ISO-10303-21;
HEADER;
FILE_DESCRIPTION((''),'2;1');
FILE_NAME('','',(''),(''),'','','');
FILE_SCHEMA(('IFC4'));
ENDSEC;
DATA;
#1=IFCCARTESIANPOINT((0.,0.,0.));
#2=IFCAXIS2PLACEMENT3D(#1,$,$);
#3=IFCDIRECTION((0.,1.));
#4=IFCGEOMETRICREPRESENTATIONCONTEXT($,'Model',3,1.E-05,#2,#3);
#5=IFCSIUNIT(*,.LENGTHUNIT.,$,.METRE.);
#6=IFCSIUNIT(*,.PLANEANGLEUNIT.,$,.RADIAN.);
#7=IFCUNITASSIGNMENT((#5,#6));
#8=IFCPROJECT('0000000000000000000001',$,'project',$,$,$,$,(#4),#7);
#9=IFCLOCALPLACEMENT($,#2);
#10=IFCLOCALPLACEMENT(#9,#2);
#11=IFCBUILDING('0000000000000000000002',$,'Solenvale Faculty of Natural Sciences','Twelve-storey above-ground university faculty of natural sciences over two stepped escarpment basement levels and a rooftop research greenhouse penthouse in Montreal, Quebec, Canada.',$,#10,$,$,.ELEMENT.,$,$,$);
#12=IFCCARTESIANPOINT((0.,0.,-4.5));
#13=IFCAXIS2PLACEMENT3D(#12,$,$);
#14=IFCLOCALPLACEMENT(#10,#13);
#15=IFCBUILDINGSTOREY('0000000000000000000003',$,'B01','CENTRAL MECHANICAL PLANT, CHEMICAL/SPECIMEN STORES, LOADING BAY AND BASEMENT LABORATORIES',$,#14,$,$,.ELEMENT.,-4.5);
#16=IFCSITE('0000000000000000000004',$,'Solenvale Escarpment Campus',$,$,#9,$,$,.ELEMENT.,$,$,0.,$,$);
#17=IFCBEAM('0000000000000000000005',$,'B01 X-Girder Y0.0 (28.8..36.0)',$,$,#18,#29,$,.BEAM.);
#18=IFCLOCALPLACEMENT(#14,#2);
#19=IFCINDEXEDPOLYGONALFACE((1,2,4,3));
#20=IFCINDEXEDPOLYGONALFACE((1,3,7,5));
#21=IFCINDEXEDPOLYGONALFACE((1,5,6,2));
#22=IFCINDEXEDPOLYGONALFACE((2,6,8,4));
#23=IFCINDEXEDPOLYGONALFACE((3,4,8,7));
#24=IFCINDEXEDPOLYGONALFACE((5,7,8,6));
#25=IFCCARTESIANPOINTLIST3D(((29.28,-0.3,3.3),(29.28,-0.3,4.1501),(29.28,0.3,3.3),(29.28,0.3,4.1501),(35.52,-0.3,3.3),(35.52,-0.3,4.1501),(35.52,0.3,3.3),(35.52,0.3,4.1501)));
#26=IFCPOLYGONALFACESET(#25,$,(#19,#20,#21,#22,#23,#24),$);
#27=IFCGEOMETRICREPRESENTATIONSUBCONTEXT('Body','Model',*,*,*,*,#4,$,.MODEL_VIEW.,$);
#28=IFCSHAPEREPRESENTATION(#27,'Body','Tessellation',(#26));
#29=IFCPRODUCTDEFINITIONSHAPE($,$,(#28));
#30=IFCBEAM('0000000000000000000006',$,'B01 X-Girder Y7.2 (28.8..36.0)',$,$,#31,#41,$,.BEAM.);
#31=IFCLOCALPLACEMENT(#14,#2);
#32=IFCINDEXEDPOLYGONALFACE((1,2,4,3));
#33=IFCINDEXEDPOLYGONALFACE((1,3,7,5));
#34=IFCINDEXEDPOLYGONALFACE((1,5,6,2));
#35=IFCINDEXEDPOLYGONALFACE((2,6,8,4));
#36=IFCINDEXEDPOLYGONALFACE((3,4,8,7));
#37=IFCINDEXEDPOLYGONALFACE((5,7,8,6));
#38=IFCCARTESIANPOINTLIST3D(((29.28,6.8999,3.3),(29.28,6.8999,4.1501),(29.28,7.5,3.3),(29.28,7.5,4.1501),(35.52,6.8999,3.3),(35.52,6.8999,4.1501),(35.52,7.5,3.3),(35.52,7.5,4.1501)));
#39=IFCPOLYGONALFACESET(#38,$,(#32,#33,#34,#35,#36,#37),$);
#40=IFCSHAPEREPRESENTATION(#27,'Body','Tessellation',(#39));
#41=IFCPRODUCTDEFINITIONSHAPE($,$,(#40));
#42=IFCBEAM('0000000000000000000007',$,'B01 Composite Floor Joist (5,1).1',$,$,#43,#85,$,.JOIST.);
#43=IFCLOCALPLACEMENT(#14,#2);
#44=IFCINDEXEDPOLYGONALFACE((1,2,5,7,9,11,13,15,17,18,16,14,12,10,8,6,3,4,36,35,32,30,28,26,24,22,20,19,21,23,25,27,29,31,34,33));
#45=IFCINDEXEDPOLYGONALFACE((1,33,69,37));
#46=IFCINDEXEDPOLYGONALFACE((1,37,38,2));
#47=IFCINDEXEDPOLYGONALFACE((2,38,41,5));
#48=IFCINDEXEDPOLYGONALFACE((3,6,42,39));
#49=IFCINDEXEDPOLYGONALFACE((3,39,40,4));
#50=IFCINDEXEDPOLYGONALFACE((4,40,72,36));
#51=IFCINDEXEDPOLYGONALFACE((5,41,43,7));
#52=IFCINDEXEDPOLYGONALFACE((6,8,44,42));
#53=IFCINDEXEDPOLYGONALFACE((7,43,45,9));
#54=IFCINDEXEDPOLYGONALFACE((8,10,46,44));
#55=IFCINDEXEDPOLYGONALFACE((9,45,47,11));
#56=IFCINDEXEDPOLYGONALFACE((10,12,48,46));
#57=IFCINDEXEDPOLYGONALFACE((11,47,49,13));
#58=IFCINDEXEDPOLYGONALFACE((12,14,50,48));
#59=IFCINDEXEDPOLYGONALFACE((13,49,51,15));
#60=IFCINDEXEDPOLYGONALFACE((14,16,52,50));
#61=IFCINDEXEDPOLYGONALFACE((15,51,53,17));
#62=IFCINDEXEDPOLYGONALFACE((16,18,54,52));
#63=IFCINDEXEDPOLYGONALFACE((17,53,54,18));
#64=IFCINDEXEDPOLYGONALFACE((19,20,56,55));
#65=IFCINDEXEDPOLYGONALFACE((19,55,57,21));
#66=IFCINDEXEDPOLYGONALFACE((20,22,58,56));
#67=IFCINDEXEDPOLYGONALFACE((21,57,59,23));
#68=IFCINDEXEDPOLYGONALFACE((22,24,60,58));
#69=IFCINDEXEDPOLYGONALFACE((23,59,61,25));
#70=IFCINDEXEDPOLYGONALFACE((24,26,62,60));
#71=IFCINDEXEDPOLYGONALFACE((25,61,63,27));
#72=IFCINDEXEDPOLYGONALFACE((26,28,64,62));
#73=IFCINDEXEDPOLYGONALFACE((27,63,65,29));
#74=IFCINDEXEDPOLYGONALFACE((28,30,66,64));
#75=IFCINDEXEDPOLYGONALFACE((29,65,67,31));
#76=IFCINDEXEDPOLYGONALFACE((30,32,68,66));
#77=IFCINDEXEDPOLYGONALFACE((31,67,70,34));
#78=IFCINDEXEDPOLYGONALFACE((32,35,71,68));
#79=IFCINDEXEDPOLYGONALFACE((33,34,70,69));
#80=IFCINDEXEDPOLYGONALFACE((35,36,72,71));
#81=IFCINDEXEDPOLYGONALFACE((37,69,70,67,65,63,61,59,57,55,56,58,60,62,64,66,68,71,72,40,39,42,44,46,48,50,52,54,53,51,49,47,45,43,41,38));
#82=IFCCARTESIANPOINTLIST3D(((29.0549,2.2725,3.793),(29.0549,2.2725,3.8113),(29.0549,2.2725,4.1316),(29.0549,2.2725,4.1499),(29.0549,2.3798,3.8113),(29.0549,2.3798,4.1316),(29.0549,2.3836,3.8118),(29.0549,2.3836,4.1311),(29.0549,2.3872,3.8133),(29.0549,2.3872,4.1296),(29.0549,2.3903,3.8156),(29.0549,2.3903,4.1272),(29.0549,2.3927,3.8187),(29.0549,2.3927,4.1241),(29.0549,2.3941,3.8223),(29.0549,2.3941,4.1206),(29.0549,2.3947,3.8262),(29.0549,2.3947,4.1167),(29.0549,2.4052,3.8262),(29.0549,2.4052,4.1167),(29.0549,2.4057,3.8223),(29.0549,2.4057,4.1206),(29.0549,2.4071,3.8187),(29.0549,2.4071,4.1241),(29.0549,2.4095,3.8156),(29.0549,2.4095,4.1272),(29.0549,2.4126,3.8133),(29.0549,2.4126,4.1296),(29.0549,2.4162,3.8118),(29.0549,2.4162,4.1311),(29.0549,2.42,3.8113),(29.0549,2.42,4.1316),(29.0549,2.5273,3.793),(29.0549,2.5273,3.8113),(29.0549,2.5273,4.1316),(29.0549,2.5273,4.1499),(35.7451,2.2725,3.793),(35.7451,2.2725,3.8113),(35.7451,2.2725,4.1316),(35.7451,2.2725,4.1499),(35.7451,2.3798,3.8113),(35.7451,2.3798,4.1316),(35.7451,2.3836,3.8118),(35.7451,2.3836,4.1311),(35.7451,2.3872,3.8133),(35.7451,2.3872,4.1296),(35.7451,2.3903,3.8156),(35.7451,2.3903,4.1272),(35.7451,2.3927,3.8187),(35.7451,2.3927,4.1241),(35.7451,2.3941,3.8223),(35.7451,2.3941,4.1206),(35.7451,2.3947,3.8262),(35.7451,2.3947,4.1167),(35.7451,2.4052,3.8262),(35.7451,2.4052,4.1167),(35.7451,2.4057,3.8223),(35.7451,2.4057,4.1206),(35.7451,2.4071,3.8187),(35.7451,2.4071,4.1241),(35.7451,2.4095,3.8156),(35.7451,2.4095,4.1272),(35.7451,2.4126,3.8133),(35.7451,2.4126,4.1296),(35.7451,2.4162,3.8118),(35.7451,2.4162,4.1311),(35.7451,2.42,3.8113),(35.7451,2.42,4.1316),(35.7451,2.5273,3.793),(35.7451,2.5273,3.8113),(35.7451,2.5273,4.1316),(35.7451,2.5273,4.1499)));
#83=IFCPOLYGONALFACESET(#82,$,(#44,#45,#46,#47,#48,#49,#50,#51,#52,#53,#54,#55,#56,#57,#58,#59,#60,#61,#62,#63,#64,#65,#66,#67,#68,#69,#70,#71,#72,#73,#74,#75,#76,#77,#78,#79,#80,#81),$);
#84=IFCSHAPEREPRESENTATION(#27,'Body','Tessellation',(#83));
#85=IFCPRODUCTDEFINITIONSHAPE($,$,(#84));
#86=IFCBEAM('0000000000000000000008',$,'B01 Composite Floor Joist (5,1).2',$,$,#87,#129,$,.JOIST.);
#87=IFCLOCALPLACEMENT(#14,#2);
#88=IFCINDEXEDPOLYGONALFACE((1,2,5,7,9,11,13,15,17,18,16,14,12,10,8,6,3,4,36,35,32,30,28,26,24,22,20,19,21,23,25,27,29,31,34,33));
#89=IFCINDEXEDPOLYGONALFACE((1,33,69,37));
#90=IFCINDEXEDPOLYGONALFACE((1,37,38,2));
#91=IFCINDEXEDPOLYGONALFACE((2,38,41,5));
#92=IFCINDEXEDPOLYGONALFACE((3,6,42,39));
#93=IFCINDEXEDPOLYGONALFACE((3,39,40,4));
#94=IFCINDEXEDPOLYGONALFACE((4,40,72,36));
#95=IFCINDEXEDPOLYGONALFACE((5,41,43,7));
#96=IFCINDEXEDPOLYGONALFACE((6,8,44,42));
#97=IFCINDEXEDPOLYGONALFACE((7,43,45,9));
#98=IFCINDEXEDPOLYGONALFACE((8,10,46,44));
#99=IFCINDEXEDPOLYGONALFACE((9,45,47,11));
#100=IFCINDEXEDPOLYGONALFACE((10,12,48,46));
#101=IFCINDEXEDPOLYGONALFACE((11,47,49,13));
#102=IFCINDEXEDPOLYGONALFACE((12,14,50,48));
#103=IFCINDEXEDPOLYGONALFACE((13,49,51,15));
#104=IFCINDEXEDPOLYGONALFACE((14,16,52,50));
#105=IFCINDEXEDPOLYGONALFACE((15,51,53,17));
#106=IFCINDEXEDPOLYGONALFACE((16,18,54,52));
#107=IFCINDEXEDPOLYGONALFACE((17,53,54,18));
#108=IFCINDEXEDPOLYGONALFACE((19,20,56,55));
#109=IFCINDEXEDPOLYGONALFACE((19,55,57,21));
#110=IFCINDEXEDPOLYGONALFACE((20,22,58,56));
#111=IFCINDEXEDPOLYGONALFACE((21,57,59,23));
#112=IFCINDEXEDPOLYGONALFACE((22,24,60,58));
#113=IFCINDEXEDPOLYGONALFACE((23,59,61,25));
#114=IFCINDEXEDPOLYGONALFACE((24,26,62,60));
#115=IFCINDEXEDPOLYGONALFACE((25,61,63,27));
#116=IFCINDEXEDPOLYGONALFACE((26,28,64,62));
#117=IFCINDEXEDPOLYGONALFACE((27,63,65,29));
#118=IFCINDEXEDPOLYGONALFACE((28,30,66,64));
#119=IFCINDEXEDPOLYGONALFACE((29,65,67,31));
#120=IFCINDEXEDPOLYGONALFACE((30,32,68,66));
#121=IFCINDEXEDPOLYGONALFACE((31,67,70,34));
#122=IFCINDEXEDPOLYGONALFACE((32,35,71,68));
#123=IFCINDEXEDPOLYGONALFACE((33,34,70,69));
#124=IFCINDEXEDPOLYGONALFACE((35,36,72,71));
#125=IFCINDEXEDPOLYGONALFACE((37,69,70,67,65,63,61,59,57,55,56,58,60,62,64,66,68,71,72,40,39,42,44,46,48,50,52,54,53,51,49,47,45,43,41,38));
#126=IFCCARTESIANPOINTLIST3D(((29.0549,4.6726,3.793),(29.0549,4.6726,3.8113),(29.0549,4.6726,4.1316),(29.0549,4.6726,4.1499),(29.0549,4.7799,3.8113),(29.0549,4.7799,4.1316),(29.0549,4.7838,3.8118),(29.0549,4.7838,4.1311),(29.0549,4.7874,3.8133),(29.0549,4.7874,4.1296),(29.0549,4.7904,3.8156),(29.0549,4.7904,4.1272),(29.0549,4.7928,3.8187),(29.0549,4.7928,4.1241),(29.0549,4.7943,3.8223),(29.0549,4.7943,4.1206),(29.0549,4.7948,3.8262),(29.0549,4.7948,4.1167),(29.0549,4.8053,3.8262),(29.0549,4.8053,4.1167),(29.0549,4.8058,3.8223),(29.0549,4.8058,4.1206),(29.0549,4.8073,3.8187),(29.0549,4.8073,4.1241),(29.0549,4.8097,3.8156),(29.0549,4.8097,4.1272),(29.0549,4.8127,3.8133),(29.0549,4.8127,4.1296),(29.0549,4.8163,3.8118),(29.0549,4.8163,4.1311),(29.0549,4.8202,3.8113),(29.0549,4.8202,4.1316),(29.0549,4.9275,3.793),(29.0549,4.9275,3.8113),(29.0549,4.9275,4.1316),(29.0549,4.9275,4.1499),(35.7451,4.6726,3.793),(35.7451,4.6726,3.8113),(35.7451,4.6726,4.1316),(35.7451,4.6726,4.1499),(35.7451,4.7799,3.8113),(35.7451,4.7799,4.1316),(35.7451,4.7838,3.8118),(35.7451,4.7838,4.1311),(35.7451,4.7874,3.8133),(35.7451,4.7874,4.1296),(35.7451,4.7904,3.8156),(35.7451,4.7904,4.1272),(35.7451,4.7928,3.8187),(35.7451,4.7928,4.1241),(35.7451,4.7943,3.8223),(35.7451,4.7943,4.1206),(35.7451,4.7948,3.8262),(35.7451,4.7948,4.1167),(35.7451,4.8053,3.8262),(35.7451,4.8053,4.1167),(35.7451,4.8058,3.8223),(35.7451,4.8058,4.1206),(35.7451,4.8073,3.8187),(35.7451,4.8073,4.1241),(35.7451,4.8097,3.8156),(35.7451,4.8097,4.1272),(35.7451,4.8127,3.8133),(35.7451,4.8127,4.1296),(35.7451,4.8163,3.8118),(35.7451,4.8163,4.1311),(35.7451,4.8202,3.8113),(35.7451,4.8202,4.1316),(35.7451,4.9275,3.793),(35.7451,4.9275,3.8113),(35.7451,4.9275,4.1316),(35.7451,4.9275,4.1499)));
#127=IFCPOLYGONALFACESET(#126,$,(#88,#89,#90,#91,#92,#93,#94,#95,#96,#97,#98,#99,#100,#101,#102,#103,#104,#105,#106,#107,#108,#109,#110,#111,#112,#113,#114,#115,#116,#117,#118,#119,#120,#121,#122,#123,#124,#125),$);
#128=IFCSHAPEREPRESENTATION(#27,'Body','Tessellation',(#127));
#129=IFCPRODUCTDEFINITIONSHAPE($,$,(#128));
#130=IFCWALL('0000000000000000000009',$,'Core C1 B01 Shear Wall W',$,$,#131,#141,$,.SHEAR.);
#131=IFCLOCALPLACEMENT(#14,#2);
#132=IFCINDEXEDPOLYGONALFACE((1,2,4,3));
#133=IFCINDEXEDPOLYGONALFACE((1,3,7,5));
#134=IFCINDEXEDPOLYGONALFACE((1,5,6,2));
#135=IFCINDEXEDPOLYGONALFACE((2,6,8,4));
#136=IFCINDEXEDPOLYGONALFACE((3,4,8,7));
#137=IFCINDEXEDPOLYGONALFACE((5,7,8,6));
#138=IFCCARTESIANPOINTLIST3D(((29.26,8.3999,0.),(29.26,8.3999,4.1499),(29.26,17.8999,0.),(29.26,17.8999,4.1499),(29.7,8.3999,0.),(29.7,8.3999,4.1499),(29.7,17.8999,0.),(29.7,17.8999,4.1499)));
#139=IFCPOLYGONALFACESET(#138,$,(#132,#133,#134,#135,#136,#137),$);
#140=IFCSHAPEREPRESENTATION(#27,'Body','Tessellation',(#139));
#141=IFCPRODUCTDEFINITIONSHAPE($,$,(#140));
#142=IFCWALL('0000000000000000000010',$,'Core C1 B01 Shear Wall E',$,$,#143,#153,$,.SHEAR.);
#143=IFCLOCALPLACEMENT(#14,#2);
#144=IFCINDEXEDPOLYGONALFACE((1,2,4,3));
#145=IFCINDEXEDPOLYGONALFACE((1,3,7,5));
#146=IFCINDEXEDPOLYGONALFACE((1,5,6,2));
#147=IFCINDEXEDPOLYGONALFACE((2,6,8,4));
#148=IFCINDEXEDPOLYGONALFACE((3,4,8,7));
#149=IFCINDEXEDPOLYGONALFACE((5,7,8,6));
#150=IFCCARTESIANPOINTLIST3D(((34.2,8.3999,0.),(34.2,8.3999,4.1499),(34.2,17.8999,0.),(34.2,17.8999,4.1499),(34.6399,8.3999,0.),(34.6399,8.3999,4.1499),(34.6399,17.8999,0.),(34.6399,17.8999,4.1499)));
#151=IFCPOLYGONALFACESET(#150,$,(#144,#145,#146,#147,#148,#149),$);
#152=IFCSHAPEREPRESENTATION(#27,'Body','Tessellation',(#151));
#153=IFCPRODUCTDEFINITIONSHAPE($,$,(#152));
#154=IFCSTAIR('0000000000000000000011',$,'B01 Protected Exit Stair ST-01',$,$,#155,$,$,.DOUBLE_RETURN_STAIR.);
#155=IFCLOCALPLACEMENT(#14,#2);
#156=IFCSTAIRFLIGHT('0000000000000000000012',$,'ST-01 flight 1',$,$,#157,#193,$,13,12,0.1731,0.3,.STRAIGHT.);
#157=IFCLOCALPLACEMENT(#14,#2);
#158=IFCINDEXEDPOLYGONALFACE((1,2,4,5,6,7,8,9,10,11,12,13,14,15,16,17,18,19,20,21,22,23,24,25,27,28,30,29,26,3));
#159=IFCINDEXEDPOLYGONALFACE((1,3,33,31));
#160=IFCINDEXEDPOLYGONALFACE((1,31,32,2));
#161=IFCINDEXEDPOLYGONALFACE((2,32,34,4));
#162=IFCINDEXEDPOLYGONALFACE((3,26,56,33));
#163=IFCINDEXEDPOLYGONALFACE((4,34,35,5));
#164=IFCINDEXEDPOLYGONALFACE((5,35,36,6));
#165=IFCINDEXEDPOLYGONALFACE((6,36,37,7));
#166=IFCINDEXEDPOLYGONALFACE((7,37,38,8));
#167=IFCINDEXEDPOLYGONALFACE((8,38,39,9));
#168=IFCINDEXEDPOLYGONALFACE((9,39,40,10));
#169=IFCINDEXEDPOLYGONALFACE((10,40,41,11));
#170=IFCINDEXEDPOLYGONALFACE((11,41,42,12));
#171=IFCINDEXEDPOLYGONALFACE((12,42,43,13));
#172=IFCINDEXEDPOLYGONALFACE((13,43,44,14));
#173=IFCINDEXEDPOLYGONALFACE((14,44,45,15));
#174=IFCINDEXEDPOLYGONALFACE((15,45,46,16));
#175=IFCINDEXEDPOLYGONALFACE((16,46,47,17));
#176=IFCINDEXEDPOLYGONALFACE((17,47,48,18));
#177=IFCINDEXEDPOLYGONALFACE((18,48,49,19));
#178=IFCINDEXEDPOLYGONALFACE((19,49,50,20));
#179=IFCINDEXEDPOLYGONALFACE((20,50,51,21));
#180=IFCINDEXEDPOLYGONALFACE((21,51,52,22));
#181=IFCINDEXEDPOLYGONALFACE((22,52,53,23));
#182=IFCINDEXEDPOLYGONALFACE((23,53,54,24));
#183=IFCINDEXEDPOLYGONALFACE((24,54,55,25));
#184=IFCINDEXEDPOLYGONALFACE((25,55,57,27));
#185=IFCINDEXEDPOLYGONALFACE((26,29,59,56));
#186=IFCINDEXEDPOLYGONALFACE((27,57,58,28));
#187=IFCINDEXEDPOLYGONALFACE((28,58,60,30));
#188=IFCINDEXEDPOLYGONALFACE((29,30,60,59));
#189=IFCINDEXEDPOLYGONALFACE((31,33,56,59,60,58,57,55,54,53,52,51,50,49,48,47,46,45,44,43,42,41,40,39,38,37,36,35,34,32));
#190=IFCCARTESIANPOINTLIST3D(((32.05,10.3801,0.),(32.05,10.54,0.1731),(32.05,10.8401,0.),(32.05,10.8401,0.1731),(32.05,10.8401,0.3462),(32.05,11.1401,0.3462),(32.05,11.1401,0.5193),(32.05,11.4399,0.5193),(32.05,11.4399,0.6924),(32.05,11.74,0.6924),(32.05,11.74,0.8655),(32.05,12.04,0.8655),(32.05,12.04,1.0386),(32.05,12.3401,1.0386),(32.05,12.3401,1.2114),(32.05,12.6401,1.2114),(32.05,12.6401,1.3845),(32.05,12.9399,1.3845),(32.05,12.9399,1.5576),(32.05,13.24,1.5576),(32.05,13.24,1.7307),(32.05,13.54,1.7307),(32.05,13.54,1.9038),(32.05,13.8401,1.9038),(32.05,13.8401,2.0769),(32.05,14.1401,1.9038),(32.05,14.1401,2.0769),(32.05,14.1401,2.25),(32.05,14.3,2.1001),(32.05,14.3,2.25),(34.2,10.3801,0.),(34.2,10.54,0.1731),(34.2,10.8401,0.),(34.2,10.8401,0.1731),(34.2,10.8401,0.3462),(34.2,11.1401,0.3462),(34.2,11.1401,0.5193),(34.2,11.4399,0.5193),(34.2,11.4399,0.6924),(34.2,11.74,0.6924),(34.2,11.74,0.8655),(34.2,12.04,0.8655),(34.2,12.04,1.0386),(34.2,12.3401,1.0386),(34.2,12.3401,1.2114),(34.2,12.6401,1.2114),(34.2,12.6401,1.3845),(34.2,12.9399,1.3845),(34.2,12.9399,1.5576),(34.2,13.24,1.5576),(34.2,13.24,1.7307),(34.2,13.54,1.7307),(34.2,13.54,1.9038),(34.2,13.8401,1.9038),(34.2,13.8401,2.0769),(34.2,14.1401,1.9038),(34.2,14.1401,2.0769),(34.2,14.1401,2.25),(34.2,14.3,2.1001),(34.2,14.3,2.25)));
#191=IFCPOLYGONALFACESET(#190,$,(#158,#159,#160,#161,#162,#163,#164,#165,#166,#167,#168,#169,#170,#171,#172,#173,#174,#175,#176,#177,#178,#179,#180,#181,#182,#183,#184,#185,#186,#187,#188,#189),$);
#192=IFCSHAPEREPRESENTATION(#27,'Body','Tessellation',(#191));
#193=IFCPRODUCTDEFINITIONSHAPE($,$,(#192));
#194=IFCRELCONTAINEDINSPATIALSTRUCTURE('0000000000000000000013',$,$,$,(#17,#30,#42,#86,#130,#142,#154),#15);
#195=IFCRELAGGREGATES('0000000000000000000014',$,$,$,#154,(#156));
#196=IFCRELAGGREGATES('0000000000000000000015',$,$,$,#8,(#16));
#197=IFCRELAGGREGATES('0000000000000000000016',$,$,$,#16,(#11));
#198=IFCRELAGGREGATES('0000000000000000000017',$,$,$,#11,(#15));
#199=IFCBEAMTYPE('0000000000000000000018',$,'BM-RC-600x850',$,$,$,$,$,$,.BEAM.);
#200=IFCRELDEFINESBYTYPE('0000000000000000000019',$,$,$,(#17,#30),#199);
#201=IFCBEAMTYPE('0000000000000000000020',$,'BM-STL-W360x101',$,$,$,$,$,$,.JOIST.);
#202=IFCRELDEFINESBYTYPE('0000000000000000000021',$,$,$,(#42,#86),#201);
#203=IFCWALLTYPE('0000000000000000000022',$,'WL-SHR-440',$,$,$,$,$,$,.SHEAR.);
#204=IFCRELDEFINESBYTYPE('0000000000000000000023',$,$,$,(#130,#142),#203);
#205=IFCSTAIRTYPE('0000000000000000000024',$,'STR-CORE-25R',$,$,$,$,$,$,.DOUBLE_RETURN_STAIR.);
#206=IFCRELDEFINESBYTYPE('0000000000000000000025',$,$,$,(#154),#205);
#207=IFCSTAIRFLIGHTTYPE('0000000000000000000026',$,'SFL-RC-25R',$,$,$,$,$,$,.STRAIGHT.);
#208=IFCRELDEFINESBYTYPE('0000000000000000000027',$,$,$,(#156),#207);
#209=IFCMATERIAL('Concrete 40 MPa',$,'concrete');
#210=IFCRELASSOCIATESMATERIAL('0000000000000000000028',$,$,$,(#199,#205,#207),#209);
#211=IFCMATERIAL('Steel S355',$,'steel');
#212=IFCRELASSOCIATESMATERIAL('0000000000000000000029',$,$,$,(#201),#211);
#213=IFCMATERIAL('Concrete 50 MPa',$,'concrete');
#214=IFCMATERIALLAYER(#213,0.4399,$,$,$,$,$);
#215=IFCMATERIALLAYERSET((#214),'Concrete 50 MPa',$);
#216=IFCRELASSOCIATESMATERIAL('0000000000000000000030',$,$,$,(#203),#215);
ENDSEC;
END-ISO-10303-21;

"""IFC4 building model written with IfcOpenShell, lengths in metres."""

from ifc_helpers import new_model, si_unit, direction, frame, frame_2d, origin, origin_2d, place, context, subcontext, project, spatial, polyline, rectangle, i_section, outline, extrude, material, layer, layer_set, material_profile, profile_set, type_object, element, aggregate, save


model = new_model("IFC4")

# Units and contexts
model_context = context("Model", 3, precision=1e-05, world=origin(), true_north=direction((0.0, 1.0)))
body_context = subcontext(model_context, "Body", "Model", "MODEL_VIEW")
ifc_project = project(units=[si_unit("LENGTHUNIT", "METRE"), si_unit("PLANEANGLEUNIT", "RADIAN")], contexts=[model_context])

# Site, building, storey
site_placement = place(None, origin())
site = spatial("IfcSite", under=ifc_project, at=site_placement, Name="Solenvale Escarpment Campus", CompositionType="ELEMENT", RefElevation=0.0)
building_placement = place(site_placement, origin())
building = spatial("IfcBuilding", under=site, at=building_placement, Name="Solenvale Faculty of Natural Sciences", Description="Twelve-storey above-ground university faculty of natural sciences over two stepped escarpment basement levels and a rooftop research greenhouse penthouse in Montreal, Quebec, Canada.", CompositionType="ELEMENT")
storey_placement = place(building_placement, frame((0.0, 0.0, -4.5)))
storey = spatial("IfcBuildingStorey", under=building, at=storey_placement, Name="B01", Description="CENTRAL MECHANICAL PLANT, CHEMICAL/SPECIMEN STORES, LOADING BAY AND BASEMENT LABORATORIES", CompositionType="ELEMENT", Elevation=-4.5)

# Shared definitions
ifc_material_1 = material(Name="Concrete 40 MPa", Category="concrete")

# Shared definitions
ifc_material_2 = material(Name="Concrete 50 MPa", Category="concrete")

# Beams
ifc_material_profile_1 = material_profile(ifc_material_1, rectangle(XDim=0.6001, YDim=0.8501, at=origin_2d()), Name="RC-BM-600x850")
ifc_profile_set_1 = profile_set([ifc_material_profile_1], Name="Concrete 40 MPa")
beam_type_1 = type_object("IfcBeamType", Name="BM-RC-600x850", PredefinedType="BEAM", material=ifc_profile_set_1)
for number, where, z_axis, x_axis, name in (
    (1, (29.28, 0.0, 3.7251), (1.0, 0.0, 0.0), (0.0, 1.0, 0.0), "B01 X-Girder Y0.0 (28.8..36.0)"),
    (2, (29.28, 7.2, 3.7251), (1.0, 0.0, 0.0), (0.0, 1.0, 0.0), "B01 X-Girder Y7.2 (28.8..36.0)"),
):
    element("IfcBeam", number, at=place(storey_placement, frame(where, z_axis=z_axis, x_axis=x_axis)), inside=storey, type_object=beam_type_1, Name=name, PredefinedType="BEAM", context=body_context, shape_type="SweptSolid", body=[
        extrude(rectangle(XDim=0.6001, YDim=0.8501, at=origin_2d()), origin(), (0.0, 0.0, 1.0), 6.24),
    ])
ifc_material_3 = material(Name="Steel S355", Category="steel")
ifc_material_profile_2 = material_profile(ifc_material_3, i_section(OverallWidth=0.2549, OverallDepth=0.3569, WebThickness=0.0105, FlangeThickness=0.0183, FilletRadius=0.0149, at=origin_2d()), Name="W360x101")
ifc_profile_set_2 = profile_set([ifc_material_profile_2], Name="Steel S355")
beam_type_2 = type_object("IfcBeamType", Name="BM-STL-W360x101", PredefinedType="JOIST", material=ifc_profile_set_2)
for number, where, z_axis, x_axis, name in (
    (3, (29.0549, 2.3999, 3.9714), (1.0, 0.0, 0.0), (0.0, 1.0, 0.0), "B01 Composite Floor Joist (5,1).1"),
    (4, (29.0549, 4.8, 3.9714), (1.0, 0.0, 0.0), (0.0, 1.0, 0.0), "B01 Composite Floor Joist (5,1).2"),
):
    element("IfcBeam", number, at=place(storey_placement, frame(where, z_axis=z_axis, x_axis=x_axis)), inside=storey, type_object=beam_type_2, Name=name, PredefinedType="JOIST", context=body_context, shape_type="SweptSolid", body=[
        extrude(i_section(OverallWidth=0.2549, OverallDepth=0.3569, WebThickness=0.0105, FlangeThickness=0.0183, FilletRadius=0.0149, at=origin_2d()), origin(), (0.0, 0.0, 1.0), 6.6902),
    ])

# Shared definitions
ifc_layer = layer(ifc_material_2, 0.4399)
ifc_layer_set = layer_set([ifc_layer], Name="Concrete 50 MPa")
wall_type = type_object("IfcWallType", Name="WL-SHR-440", PredefinedType="SHEAR", material=ifc_layer_set)

# Walls
for number, where, z_axis, x_axis, name in (
    (5, (29.48, 8.3999, 0.0), (0.0, 0.0, 1.0), (0.0, 1.0, 0.0), "Core C1 B01 Shear Wall W"),
    (6, (34.4199, 8.3999, 0.0), (0.0, 0.0, 1.0), (0.0, 1.0, 0.0), "Core C1 B01 Shear Wall E"),
):
    element("IfcWall", number, at=place(storey_placement, frame(where, z_axis=z_axis, x_axis=x_axis)), inside=storey, type_object=wall_type, Name=name, PredefinedType="SHEAR", context=body_context, shape_type="SweptSolid", body=[
        extrude(rectangle(XDim=9.5, YDim=0.4399, at=frame_2d((4.75, 0.0))), origin(), (0.0, 0.0, 1.0), 4.1499),
    ])

# Stair, stair flight
stair_type = type_object("IfcStairType", Name="STR-CORE-25R", PredefinedType="DOUBLE_RETURN_STAIR", material=ifc_material_1)
stair_placement = place(storey_placement, origin())
stair = element("IfcStair", 7, at=stair_placement, inside=storey, type_object=stair_type, Name="B01 Protected Exit Stair ST-01", PredefinedType="DOUBLE_RETURN_STAIR")
stair_flight_type = type_object("IfcStairFlightType", Name="SFL-RC-25R", PredefinedType="STRAIGHT", material=ifc_material_1)
stair_flight_1_placement = place(storey_placement, frame((33.125, 10.54, 0.0), z_axis=(0.0, 0.0, 1.0), x_axis=(0.0, 1.0, 0.0)))
stair_flight_1 = element("IfcStairFlight", 8, at=stair_flight_1_placement, type_object=stair_flight_type, Name="ST-01 flight 1", NumberOfRisers=13, NumberOfTreads=12, PredefinedType="STRAIGHT", RiserHeight=0.1731, TreadLength=0.3, context=body_context, shape_type="SweptSolid", body=[
    extrude(outline(polyline([(-0.1599, 0.0), (0.0, 0.1731), (0.3, 0.1731), (0.3, 0.3462), (0.6001, 0.3462), (0.6001, 0.5193), (0.8999, 0.5193), (0.8999, 0.6924), (1.2, 0.6924), (1.2, 0.8655), (1.5, 0.8655), (1.5, 1.0386), (1.8, 1.0386), (1.8, 1.2114), (2.1001, 1.2114), (2.1001, 1.3845), (2.3999, 1.3845), (2.3999, 1.5576), (2.7, 1.5576), (2.7, 1.7307), (3.0, 1.7307), (3.0, 1.9038), (3.3, 1.9038), (3.3, 2.0769), (3.6001, 2.0769), (3.6001, 2.25), (3.76, 2.25), (3.76, 2.1001), (3.6001, 1.9038), (0.3, 0.0), (-0.1599, 0.0)])), frame((0.0, 1.075, 0.0), z_axis=(0.0, -1.0, 0.0), x_axis=(1.0, 0.0, 0.0)), (0.0, 0.0, 1.0), 2.1499),
])
aggregate(stair, [stair_flight_1])

save(model, "model.ifc")
